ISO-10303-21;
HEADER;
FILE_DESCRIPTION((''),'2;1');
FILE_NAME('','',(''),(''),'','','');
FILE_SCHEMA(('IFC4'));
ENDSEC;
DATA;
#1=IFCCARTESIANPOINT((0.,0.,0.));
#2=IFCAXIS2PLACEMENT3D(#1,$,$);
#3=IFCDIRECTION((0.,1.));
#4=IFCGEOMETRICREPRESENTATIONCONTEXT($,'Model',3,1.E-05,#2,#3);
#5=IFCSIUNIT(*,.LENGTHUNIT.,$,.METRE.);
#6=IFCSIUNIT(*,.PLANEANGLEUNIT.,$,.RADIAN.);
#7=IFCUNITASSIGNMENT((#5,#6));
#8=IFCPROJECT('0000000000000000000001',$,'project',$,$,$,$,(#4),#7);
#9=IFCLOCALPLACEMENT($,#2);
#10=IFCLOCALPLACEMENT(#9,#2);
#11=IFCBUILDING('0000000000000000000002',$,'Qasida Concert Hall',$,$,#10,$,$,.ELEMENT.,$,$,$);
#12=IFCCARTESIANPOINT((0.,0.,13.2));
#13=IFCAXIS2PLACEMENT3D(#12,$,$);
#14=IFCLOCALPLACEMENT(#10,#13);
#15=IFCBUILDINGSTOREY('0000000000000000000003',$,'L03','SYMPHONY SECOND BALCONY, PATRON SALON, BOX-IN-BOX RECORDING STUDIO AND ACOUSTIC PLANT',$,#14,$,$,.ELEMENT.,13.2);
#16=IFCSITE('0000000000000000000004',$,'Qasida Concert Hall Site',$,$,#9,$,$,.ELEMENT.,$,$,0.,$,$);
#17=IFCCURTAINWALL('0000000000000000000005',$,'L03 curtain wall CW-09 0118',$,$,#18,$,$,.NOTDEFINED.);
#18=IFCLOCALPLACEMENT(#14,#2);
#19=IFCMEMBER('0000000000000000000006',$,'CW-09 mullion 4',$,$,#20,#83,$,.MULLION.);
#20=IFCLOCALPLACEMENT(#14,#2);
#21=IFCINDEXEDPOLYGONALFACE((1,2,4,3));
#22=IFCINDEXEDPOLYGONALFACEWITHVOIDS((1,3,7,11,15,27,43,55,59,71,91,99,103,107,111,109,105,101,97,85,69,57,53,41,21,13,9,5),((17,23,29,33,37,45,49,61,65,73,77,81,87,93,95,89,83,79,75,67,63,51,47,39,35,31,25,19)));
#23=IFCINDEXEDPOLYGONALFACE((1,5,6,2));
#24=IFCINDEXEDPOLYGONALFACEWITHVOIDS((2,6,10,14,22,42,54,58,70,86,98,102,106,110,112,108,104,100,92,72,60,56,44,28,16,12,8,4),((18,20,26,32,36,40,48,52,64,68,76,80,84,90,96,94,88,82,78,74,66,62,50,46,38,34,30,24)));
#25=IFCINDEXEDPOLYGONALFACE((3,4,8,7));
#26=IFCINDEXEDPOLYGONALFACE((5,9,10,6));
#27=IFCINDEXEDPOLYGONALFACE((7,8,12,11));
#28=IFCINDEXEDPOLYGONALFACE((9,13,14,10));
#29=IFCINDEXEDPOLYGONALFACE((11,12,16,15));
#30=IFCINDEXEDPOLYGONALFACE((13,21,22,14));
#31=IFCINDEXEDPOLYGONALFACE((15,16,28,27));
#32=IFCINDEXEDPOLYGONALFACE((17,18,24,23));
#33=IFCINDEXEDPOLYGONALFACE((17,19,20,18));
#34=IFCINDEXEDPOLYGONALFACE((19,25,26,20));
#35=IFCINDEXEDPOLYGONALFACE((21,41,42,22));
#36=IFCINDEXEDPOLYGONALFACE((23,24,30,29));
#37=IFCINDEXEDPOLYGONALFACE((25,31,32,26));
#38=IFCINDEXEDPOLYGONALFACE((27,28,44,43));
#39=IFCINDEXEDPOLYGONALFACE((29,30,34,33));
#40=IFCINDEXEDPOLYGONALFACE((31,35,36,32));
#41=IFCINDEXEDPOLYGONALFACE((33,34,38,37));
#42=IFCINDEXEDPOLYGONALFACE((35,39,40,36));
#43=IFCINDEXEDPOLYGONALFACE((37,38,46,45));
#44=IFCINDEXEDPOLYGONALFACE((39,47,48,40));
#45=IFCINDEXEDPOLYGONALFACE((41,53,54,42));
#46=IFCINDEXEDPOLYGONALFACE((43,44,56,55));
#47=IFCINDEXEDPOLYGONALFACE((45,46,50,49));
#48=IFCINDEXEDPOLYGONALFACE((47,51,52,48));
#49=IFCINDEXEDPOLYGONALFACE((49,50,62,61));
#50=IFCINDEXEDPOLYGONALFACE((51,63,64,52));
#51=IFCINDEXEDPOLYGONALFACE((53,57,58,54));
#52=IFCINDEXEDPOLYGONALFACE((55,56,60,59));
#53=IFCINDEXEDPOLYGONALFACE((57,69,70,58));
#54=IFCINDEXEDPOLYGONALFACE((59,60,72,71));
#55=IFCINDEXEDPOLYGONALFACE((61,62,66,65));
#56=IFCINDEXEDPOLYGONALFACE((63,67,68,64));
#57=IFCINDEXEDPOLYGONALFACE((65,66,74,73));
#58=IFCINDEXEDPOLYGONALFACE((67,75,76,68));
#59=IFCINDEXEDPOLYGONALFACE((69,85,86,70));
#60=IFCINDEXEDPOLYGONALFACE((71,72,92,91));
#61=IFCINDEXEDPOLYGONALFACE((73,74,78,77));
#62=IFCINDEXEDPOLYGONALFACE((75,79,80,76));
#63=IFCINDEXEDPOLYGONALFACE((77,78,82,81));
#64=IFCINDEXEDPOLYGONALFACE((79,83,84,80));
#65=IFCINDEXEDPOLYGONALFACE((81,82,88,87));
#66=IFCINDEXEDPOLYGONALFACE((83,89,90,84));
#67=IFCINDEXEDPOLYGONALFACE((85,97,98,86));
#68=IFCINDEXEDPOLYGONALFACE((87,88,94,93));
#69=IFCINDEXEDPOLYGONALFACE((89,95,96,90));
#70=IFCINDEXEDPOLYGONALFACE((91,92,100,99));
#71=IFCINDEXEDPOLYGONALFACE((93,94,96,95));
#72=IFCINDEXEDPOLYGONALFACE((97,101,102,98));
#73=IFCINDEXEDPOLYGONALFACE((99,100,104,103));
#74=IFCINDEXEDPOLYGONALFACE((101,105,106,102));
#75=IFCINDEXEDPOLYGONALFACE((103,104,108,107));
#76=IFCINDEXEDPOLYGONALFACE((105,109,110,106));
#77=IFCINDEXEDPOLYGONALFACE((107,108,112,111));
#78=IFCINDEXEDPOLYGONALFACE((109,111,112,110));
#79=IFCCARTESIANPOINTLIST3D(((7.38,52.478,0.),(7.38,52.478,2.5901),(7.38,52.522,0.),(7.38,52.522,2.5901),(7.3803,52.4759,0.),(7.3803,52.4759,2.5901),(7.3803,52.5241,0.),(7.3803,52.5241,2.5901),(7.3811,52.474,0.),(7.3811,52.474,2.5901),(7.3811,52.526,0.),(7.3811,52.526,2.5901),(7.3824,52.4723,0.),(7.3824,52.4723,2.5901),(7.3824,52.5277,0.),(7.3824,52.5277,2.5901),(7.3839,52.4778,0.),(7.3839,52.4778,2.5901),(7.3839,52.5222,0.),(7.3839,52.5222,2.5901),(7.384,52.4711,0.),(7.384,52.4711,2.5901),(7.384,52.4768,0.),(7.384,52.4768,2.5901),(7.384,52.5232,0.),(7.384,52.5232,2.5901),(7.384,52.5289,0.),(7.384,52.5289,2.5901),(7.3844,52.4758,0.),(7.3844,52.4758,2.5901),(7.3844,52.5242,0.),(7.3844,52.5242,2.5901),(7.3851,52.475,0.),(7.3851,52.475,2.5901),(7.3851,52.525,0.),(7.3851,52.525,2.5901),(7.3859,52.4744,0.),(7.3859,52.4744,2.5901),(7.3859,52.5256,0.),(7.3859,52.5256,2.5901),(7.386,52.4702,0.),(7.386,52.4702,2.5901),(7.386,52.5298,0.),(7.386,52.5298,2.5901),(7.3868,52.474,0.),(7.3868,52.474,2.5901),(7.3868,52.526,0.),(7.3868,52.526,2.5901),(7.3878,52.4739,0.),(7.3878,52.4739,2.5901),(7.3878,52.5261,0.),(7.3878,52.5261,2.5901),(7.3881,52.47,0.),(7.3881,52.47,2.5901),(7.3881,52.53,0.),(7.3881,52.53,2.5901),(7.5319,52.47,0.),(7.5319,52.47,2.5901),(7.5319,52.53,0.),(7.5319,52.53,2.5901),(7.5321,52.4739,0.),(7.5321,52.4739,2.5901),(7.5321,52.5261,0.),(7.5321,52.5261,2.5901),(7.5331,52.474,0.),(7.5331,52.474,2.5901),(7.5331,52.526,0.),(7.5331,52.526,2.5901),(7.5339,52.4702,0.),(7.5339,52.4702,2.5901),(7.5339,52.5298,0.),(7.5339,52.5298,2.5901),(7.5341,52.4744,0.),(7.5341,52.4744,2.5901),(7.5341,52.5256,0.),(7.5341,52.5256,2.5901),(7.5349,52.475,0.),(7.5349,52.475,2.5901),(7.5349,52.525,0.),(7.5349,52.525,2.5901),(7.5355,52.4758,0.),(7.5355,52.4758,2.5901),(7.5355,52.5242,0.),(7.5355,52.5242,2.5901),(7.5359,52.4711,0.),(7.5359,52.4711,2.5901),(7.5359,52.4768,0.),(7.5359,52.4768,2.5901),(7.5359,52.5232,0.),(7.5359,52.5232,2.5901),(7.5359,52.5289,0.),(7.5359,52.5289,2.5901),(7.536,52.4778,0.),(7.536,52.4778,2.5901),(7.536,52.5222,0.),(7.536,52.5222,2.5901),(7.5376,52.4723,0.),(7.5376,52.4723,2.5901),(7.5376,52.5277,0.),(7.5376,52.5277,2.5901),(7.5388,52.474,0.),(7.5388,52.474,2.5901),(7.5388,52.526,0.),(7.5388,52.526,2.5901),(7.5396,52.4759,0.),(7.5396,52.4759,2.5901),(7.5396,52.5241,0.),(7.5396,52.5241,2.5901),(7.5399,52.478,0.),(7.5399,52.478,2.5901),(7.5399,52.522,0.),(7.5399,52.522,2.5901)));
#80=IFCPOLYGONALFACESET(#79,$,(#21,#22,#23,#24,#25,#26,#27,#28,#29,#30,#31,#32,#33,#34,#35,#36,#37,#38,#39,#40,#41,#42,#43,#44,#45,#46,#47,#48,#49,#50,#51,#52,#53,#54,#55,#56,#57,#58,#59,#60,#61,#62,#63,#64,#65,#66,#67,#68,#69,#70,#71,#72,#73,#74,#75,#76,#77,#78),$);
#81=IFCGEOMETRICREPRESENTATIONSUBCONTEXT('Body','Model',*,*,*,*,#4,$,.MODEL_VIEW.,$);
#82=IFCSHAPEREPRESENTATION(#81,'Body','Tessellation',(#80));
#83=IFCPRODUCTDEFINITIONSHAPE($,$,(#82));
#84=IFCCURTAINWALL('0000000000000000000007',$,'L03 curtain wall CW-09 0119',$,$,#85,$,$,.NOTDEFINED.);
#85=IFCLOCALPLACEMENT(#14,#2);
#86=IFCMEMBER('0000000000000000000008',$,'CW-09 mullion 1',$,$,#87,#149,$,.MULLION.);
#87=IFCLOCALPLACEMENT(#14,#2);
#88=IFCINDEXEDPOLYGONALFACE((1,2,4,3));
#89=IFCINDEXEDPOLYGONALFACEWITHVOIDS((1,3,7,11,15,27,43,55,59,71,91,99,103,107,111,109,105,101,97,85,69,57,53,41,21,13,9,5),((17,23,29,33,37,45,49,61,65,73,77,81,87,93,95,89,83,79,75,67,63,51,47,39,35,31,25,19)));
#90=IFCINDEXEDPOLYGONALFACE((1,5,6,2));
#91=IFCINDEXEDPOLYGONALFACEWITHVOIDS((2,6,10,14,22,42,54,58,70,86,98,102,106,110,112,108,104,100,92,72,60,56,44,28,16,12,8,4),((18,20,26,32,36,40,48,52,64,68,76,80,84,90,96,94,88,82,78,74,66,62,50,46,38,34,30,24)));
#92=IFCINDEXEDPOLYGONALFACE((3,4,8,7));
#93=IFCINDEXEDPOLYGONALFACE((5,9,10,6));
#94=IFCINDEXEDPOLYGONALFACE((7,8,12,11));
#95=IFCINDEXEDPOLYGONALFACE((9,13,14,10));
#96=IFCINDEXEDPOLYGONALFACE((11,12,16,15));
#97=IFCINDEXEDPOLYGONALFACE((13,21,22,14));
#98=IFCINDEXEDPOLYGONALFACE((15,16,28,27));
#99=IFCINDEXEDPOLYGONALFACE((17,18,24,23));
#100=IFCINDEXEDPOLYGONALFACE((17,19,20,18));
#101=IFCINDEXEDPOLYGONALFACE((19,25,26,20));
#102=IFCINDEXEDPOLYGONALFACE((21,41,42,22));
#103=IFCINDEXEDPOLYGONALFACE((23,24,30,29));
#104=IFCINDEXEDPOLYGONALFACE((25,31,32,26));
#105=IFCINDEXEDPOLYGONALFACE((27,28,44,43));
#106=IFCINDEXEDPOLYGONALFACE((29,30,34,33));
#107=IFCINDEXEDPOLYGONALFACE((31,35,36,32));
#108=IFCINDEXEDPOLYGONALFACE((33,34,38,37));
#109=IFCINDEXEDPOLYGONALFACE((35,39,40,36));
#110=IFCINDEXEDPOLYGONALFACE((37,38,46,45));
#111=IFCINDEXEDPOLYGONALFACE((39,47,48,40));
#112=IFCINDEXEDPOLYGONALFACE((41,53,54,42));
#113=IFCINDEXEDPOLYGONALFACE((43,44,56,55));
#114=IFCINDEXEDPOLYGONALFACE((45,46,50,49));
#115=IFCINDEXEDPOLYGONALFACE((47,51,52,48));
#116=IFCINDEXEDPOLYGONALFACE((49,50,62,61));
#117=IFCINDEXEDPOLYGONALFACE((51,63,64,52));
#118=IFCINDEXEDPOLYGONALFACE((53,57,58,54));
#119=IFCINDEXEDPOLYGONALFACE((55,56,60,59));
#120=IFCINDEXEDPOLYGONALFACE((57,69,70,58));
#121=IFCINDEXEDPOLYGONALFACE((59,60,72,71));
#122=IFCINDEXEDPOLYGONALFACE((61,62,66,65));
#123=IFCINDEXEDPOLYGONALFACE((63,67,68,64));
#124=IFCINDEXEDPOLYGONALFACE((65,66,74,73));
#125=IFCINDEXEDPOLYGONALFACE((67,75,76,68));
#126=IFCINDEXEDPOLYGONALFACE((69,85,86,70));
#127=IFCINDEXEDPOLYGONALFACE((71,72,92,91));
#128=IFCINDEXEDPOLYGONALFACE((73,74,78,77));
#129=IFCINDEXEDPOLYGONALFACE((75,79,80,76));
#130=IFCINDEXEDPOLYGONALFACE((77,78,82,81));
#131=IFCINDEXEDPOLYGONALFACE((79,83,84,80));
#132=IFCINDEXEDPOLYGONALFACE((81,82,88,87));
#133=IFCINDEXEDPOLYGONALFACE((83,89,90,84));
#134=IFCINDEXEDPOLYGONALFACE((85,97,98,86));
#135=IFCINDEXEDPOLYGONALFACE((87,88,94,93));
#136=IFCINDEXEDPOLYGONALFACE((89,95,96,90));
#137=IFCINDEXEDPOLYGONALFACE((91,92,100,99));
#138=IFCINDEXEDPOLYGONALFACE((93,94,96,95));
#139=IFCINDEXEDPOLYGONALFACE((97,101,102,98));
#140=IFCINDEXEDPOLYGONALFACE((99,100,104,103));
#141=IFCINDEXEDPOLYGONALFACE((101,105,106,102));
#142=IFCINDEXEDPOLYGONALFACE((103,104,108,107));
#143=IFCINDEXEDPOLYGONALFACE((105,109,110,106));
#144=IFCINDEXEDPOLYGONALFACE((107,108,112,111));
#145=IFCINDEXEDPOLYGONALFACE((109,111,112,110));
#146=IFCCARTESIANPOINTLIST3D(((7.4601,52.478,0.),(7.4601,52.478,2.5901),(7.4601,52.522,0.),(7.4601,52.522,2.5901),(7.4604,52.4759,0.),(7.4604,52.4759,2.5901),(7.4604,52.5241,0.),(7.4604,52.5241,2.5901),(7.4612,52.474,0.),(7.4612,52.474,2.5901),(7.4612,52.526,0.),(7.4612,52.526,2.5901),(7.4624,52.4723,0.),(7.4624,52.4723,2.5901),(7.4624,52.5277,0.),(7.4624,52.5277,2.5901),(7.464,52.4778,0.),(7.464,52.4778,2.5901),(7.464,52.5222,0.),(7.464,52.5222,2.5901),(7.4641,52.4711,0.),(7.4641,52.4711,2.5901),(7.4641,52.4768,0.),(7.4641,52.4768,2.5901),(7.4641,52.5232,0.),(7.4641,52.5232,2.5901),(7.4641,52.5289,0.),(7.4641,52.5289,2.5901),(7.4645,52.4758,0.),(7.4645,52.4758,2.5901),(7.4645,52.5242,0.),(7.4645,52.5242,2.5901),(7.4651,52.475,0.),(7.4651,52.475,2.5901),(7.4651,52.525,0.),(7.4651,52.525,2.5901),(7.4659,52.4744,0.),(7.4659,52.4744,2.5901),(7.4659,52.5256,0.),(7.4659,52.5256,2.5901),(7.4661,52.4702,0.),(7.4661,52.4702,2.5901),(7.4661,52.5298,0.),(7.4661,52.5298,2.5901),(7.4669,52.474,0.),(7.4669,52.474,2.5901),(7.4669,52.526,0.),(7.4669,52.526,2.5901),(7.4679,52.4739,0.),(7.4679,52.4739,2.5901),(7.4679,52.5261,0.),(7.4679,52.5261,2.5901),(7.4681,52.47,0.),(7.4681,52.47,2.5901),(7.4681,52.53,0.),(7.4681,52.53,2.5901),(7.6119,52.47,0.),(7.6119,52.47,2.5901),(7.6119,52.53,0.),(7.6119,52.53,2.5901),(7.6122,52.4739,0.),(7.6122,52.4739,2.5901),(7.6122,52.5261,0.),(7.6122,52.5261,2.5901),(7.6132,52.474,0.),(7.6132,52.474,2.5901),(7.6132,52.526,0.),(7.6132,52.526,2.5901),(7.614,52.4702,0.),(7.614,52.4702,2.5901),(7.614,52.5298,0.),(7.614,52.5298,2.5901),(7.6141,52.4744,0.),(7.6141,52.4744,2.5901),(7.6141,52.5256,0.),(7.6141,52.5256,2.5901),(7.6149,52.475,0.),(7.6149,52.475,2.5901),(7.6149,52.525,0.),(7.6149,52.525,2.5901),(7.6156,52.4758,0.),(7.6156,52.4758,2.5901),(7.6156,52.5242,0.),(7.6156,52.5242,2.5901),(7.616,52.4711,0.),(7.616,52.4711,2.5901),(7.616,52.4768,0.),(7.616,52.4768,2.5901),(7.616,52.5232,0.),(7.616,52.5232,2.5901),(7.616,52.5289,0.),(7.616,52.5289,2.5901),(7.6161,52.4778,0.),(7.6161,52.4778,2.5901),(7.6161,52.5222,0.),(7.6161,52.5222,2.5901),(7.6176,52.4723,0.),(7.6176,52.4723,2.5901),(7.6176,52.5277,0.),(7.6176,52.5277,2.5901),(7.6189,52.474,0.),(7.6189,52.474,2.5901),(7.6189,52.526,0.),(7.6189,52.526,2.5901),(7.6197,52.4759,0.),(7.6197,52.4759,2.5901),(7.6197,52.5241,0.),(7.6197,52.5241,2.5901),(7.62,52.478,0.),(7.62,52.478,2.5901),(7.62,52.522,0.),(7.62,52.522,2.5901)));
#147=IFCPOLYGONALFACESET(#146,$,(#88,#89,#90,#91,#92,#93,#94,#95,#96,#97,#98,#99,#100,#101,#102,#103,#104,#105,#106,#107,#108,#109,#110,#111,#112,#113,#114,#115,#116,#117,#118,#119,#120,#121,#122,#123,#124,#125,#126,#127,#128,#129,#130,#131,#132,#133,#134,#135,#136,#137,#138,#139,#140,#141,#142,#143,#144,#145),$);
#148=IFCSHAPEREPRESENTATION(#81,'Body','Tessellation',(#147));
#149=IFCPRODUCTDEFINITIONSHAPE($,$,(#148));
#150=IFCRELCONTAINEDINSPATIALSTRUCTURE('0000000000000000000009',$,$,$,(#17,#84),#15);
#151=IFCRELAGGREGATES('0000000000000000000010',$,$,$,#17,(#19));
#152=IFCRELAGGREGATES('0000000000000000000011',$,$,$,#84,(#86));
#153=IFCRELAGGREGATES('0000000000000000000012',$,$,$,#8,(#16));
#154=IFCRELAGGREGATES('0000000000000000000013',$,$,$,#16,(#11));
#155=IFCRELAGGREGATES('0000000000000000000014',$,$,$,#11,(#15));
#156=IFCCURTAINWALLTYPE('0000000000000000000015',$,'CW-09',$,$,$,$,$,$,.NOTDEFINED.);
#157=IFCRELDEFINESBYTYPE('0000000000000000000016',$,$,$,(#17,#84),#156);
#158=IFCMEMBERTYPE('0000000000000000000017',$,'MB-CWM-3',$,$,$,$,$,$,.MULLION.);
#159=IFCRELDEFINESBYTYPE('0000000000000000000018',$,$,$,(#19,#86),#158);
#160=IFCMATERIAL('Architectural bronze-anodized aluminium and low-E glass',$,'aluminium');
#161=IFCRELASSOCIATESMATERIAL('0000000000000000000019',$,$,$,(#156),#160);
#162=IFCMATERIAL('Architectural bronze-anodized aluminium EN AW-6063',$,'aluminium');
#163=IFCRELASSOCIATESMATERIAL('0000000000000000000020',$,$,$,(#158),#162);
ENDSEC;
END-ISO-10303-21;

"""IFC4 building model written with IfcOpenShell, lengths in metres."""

from ifc_helpers import new_model, si_unit, direction, frame, origin, origin_2d, place, context, subcontext, project, spatial, hollow_rectangle, extrude, material, material_profile, profile_set, type_object, element, aggregate, save


model = new_model("IFC4")

# Units and contexts
model_context = context("Model", 3, precision=1e-05, world=origin(), true_north=direction((0.0, 1.0)))
body_context = subcontext(model_context, "Body", "Model", "MODEL_VIEW")
ifc_project = project(units=[si_unit("LENGTHUNIT", "METRE"), si_unit("PLANEANGLEUNIT", "RADIAN")], contexts=[model_context])

# Site, building, storey
site_placement = place(None, origin())
site = spatial("IfcSite", under=ifc_project, at=site_placement, Name="Qasida Concert Hall Site", CompositionType="ELEMENT", RefElevation=0.0)
building_placement = place(site_placement, origin())
building = spatial("IfcBuilding", under=site, at=building_placement, Name="Qasida Concert Hall", CompositionType="ELEMENT")
storey_placement = place(building_placement, frame((0.0, 0.0, 13.2)))
storey = spatial("IfcBuildingStorey", under=building, at=storey_placement, Name="L03", Description="SYMPHONY SECOND BALCONY, PATRON SALON, BOX-IN-BOX RECORDING STUDIO AND ACOUSTIC PLANT", CompositionType="ELEMENT", Elevation=13.2)

# Curtain walls, members
ifc_material_1 = material(Name="Architectural bronze-anodized aluminium and low-E glass", Category="aluminium")
curtain_wall_type = type_object("IfcCurtainWallType", Name="CW-09", PredefinedType="NOTDEFINED", material=ifc_material_1)
curtain_wall_1_placement = place(storey_placement, origin())
curtain_wall_1 = element("IfcCurtainWall", 1, at=curtain_wall_1_placement, inside=storey, type_object=curtain_wall_type, Name="L03 curtain wall CW-09 0118", PredefinedType="NOTDEFINED")
ifc_material_2 = material(Name="Architectural bronze-anodized aluminium EN AW-6063", Category="aluminium")
ifc_material_profile_1 = material_profile(ifc_material_2, hollow_rectangle(XDim=0.0601, YDim=0.1599, WallThickness=0.0039, InnerFilletRadius=0.0039, OuterFilletRadius=0.0081, at=origin_2d()), Name="CWM 160x60x4")
ifc_profile_set_1 = profile_set([ifc_material_profile_1], Name="Architectural bronze-anodized aluminium EN AW-6063")
member_type_1 = type_object("IfcMemberType", Name="MB-CWM-3", PredefinedType="MULLION", material=ifc_profile_set_1)
member_1_placement = place(storey_placement, frame((7.46, 52.5, 0.0), z_axis=(0.0, 0.0, 1.0), x_axis=(0.0, 1.0, 0.0)))
member_1 = element("IfcMember", 2, at=member_1_placement, type_object=member_type_1, Name="CW-09 mullion 4", PredefinedType="MULLION", context=body_context, shape_type="SweptSolid", body=[
    extrude(hollow_rectangle(XDim=0.0601, YDim=0.1599, WallThickness=0.0039, InnerFilletRadius=0.0039, OuterFilletRadius=0.0081, at=origin_2d()), origin(), (0.0, 0.0, 1.0), 2.5901),
])
curtain_wall_2_placement = place(storey_placement, origin())
curtain_wall_2 = element("IfcCurtainWall", 3, at=curtain_wall_2_placement, inside=storey, type_object=curtain_wall_type, Name="L03 curtain wall CW-09 0119", PredefinedType="NOTDEFINED")
member_2_placement = place(storey_placement, frame((7.54, 52.5, 0.0), z_axis=(0.0, 0.0, 1.0), x_axis=(0.0, 1.0, 0.0)))
member_2 = element("IfcMember", 4, at=member_2_placement, type_object=member_type_1, Name="CW-09 mullion 1", PredefinedType="MULLION", context=body_context, shape_type="SweptSolid", body=[
    extrude(hollow_rectangle(XDim=0.0601, YDim=0.1599, WallThickness=0.0039, InnerFilletRadius=0.0039, OuterFilletRadius=0.0081, at=origin_2d()), origin(), (0.0, 0.0, 1.0), 2.5901),
])

aggregate(curtain_wall_1, [member_1])
aggregate(curtain_wall_2, [member_2])

save(model, "model.ifc")
